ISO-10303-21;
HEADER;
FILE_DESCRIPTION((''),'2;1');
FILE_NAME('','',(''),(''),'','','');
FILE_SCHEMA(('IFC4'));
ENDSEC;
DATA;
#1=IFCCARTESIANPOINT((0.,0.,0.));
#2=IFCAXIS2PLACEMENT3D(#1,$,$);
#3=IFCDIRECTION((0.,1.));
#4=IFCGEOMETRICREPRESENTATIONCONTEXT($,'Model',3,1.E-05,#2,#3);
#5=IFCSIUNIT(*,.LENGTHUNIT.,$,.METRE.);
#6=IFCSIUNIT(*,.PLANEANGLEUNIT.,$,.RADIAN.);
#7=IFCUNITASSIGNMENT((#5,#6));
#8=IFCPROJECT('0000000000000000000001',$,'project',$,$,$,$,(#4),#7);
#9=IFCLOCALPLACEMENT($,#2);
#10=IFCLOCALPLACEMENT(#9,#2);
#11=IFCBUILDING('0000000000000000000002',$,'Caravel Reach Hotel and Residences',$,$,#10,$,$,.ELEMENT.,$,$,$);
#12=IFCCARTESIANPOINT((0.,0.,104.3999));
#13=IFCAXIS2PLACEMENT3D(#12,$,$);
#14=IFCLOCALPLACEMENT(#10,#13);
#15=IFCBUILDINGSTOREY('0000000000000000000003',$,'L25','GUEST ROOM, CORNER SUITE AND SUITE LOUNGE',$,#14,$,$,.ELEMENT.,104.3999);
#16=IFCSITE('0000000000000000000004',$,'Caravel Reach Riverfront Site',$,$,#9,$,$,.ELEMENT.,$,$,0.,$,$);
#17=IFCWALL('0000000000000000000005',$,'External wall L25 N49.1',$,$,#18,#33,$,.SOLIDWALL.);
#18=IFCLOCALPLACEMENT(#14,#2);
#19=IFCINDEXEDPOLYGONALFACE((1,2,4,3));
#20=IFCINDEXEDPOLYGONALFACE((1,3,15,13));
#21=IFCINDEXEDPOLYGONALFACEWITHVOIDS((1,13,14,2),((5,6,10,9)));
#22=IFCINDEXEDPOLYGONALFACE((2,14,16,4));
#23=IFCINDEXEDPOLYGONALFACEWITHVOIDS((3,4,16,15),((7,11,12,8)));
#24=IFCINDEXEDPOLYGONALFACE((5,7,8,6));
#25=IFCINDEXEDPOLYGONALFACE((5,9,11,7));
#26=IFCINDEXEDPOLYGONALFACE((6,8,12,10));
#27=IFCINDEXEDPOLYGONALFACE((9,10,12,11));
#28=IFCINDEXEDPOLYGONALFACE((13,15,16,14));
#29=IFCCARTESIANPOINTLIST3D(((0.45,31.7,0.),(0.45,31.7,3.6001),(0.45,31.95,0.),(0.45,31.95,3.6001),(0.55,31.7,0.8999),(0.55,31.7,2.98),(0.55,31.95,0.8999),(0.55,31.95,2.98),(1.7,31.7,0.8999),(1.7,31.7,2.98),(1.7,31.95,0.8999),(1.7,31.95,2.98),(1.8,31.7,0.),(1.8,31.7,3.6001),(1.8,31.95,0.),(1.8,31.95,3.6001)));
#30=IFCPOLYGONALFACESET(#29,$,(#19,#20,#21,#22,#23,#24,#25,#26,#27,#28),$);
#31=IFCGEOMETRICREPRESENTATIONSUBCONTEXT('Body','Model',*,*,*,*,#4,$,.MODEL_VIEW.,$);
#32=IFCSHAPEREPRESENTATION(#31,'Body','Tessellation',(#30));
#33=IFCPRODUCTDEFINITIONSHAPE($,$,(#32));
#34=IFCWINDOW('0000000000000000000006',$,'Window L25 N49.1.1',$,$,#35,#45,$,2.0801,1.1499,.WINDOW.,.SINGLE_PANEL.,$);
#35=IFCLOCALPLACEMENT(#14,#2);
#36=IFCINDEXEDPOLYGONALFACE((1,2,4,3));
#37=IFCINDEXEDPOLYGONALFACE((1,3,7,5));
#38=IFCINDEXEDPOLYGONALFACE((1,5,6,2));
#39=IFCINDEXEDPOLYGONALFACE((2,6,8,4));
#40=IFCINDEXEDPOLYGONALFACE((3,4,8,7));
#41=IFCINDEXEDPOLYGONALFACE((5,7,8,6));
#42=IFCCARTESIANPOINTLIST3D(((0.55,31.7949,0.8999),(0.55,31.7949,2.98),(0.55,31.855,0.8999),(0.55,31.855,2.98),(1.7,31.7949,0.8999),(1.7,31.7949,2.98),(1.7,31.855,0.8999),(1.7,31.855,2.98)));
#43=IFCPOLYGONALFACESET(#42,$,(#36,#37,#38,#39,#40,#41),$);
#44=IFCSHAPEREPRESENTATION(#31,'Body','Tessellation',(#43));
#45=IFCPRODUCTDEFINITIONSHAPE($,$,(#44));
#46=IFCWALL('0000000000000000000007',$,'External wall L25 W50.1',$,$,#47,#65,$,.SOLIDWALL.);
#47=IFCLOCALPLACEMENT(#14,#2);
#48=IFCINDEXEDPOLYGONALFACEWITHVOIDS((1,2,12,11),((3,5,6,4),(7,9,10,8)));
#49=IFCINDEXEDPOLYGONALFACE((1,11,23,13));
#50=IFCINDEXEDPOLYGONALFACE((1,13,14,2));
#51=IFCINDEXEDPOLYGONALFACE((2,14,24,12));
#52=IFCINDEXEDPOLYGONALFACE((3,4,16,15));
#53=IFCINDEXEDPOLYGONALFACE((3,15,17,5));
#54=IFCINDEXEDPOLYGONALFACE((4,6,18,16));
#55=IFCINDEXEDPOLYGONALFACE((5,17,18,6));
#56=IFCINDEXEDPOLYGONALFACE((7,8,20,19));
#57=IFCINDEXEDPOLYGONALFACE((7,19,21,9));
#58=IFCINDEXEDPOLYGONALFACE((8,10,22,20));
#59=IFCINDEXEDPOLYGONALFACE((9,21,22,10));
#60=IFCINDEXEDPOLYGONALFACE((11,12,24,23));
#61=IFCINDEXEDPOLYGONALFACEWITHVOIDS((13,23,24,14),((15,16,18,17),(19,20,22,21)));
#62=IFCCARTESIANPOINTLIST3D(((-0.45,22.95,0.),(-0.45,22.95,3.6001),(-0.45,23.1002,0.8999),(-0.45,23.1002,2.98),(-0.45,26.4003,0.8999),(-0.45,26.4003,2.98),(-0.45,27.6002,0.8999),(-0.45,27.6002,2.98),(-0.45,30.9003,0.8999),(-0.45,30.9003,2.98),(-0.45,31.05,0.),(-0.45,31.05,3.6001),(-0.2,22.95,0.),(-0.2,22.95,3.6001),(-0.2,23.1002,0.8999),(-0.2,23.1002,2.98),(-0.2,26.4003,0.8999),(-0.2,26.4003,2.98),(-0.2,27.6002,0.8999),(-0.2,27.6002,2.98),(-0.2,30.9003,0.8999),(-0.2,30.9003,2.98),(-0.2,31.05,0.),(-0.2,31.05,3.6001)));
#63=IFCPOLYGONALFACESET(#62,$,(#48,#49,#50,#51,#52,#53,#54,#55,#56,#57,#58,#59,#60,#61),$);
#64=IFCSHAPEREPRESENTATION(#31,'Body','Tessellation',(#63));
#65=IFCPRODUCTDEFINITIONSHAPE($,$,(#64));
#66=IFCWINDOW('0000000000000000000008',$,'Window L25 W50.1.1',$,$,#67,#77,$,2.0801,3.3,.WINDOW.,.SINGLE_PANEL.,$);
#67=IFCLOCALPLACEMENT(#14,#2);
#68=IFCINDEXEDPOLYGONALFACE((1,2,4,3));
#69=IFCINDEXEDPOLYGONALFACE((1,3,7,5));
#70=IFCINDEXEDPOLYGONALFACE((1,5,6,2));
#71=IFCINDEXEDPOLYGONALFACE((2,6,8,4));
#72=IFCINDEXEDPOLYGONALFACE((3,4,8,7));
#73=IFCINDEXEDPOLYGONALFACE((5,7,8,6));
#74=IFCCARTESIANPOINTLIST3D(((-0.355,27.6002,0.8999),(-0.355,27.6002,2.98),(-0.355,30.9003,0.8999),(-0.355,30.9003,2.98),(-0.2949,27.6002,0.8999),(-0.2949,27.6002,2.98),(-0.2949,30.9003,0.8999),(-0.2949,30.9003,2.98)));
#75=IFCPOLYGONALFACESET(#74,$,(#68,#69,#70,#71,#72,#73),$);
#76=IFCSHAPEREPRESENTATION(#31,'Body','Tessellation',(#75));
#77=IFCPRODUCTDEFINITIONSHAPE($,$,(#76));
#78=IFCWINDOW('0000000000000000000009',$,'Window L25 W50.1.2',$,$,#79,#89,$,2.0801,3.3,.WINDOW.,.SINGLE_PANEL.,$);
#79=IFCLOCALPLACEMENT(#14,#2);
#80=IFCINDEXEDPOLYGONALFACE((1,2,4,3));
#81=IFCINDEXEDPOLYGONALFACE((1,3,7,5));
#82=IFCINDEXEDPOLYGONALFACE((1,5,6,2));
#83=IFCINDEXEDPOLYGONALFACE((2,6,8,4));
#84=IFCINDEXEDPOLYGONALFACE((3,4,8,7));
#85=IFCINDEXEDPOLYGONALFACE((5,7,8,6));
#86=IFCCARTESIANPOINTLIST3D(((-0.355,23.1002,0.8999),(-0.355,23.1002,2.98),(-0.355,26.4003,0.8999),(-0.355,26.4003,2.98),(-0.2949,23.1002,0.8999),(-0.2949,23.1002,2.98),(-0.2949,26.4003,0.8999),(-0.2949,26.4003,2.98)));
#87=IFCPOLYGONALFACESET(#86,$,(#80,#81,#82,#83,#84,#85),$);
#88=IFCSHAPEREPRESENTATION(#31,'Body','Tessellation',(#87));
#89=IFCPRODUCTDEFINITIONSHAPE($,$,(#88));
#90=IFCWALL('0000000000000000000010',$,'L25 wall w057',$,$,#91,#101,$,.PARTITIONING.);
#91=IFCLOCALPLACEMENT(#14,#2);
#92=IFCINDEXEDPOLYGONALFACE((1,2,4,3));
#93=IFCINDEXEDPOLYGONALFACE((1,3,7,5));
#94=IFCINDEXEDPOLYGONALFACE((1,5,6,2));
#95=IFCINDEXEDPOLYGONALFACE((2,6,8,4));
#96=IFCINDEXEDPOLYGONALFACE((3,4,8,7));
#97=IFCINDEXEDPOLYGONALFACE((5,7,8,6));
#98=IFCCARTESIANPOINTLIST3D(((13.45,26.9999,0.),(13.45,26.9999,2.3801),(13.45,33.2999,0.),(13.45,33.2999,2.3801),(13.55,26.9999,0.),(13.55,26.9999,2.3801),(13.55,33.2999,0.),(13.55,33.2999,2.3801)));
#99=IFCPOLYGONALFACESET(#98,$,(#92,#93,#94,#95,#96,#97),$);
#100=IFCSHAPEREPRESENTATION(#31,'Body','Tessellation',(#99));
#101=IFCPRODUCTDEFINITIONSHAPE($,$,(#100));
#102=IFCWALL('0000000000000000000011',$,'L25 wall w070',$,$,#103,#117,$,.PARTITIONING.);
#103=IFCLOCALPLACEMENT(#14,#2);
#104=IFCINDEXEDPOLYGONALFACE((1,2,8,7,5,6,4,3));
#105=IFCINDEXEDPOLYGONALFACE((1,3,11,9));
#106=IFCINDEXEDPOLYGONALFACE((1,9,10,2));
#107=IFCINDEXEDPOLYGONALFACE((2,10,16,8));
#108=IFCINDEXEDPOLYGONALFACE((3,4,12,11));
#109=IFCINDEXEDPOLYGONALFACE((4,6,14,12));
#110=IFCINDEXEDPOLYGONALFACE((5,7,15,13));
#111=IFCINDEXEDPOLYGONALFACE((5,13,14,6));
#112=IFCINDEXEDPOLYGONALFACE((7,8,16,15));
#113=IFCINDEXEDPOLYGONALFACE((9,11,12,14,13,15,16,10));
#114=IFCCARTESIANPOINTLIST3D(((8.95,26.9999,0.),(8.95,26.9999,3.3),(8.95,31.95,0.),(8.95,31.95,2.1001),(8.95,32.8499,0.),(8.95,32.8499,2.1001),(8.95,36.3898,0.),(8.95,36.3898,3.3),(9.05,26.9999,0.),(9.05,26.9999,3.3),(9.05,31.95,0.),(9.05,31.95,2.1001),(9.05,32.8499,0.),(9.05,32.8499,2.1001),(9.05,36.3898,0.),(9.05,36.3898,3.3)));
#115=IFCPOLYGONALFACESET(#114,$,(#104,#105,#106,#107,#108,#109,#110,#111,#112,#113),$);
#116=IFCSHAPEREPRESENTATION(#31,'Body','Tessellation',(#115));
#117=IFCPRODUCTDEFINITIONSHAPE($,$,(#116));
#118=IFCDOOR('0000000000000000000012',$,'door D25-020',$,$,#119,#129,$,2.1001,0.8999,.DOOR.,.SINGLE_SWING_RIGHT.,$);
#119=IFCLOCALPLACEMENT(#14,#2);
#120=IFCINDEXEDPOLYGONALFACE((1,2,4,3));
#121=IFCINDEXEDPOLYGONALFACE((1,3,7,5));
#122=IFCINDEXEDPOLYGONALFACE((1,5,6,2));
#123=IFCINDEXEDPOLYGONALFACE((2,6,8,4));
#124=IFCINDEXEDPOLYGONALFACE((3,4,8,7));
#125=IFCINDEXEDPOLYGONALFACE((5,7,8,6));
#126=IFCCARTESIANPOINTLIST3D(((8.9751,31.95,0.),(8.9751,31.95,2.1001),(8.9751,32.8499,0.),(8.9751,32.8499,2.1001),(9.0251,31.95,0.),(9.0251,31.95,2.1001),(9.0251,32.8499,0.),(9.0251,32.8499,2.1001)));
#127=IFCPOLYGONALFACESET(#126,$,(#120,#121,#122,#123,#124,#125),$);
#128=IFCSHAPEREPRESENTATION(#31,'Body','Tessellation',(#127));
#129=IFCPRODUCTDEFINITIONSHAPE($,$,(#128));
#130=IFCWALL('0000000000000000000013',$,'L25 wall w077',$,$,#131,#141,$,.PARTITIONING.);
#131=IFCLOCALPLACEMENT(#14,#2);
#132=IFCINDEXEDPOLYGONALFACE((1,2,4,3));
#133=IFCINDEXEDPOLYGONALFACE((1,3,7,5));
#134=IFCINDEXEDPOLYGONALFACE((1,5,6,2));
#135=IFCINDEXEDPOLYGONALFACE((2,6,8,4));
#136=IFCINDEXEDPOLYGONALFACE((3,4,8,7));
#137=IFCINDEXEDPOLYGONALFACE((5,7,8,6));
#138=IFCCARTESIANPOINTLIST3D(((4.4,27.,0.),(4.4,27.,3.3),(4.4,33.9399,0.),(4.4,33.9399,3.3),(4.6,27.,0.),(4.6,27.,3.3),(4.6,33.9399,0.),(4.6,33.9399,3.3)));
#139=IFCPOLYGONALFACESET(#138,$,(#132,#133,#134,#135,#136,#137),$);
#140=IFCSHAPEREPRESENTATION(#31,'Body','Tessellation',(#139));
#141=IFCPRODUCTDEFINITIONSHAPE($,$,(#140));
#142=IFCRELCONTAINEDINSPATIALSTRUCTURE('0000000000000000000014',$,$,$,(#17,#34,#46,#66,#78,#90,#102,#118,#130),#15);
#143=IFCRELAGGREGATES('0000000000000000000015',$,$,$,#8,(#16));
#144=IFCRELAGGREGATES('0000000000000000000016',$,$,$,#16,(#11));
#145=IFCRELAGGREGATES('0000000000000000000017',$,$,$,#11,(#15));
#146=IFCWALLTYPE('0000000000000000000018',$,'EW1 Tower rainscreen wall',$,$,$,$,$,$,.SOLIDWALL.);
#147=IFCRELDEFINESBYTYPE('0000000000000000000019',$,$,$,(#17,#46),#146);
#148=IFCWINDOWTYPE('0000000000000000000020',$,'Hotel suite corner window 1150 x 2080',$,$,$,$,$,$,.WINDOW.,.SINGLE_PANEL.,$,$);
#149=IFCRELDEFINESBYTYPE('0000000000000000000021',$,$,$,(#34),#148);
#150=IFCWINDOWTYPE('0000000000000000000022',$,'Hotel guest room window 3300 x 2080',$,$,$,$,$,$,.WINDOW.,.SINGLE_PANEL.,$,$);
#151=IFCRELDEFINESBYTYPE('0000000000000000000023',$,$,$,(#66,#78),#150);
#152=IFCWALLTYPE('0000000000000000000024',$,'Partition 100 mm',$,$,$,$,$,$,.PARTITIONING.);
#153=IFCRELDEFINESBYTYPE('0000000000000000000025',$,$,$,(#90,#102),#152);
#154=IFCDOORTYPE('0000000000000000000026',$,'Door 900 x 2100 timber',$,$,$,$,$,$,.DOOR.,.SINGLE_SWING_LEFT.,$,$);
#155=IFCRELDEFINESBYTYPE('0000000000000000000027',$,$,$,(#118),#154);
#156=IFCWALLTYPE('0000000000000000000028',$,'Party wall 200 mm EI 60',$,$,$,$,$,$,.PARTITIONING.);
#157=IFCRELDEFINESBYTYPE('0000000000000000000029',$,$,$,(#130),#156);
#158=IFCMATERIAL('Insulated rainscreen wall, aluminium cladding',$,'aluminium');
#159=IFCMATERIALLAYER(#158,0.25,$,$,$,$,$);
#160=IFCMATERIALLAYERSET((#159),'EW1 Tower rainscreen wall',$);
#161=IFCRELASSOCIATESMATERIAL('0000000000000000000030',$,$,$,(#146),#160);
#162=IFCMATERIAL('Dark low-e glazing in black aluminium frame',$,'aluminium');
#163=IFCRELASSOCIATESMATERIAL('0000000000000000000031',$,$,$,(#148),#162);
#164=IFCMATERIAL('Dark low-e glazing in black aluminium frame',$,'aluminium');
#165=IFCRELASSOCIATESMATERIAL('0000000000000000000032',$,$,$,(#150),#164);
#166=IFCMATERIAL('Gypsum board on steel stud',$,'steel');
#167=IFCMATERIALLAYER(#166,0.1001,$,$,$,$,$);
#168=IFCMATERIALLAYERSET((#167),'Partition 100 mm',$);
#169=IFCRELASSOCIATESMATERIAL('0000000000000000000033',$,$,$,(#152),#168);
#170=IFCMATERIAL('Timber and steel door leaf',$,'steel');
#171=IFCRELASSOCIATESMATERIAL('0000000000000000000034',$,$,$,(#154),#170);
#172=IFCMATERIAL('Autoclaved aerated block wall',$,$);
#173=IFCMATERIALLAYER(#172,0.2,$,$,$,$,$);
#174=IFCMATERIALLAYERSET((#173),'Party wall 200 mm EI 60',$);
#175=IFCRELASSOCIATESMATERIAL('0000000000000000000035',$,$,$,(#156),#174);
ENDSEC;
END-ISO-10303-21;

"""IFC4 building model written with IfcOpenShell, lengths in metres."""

from ifc_helpers import new_model, si_unit, direction, frame, frame_2d, origin, place, context, subcontext, project, spatial, rectangle, extrude, material, layer, layer_set, type_object, element, fill, save


model = new_model("IFC4")

# Units and contexts
model_context = context("Model", 3, precision=1e-05, world=origin(), true_north=direction((0.0, 1.0)))
body_context = subcontext(model_context, "Body", "Model", "MODEL_VIEW")
ifc_project = project(units=[si_unit("LENGTHUNIT", "METRE"), si_unit("PLANEANGLEUNIT", "RADIAN")], contexts=[model_context])

# Site, building, storey
site_placement = place(None, origin())
site = spatial("IfcSite", under=ifc_project, at=site_placement, Name="Caravel Reach Riverfront Site", CompositionType="ELEMENT", RefElevation=0.0)
building_placement = place(site_placement, origin())
building = spatial("IfcBuilding", under=site, at=building_placement, Name="Caravel Reach Hotel and Residences", CompositionType="ELEMENT")
storey_placement = place(building_placement, frame((0.0, 0.0, 104.3999)))
storey = spatial("IfcBuildingStorey", under=building, at=storey_placement, Name="L25", Description="GUEST ROOM, CORNER SUITE AND SUITE LOUNGE", CompositionType="ELEMENT", Elevation=104.3999)

# Wall, opening, window
ifc_material_1 = material(Name="Insulated rainscreen wall, aluminium cladding", Category="aluminium")
ifc_layer_1 = layer(ifc_material_1, 0.25)
ifc_layer_set_1 = layer_set([ifc_layer_1], Name="EW1 Tower rainscreen wall")
wall_type_1 = type_object("IfcWallType", Name="EW1 Tower rainscreen wall", PredefinedType="SOLIDWALL", material=ifc_layer_set_1)
ifc_material_2 = material(Name="Dark low-e glazing in black aluminium frame", Category="aluminium")
window_type_1 = type_object("IfcWindowType", Name="Hotel suite corner window 1150 x 2080", PartitioningType="SINGLE_PANEL", PredefinedType="WINDOW", material=ifc_material_2)
wall_1_placement = place(storey_placement, frame((1.8, 31.825, 0.0), z_axis=(0.0, 0.0, 1.0), x_axis=(-1.0, 0.0, 0.0)))
wall_1 = element("IfcWall", 1, at=wall_1_placement, inside=storey, type_object=wall_type_1, Name="External wall L25 N49.1", PredefinedType="SOLIDWALL", context=body_context, shape_type="SweptSolid", body=[
    extrude(rectangle(XDim=1.3501, YDim=0.25, at=frame_2d((0.675, 0.0))), origin(), (0.0, 0.0, 1.0), 3.6001),
])
opening_1_placement = place(wall_1_placement, frame((0.1001, 0.0, 0.8999)))
opening_1 = element("IfcOpeningElement", 2, at=opening_1_placement, cuts=wall_1, PredefinedType="OPENING", context=body_context, shape_type="SweptSolid", body=[
    extrude(rectangle(XDim=1.1499, YDim=2.0801, at=frame_2d((0.575, 1.04))), frame((0.0, 0.135, 0.0), z_axis=(0.0, -1.0, 0.0), x_axis=(1.0, 0.0, 0.0)), (0.0, 0.0, 1.0), 0.27),
])
window_1_placement = place(opening_1_placement, origin())
window_1 = element("IfcWindow", 3, at=window_1_placement, inside=storey, type_object=window_type_1, Name="Window L25 N49.1.1", OverallHeight=2.0801, OverallWidth=1.1499, PartitioningType="SINGLE_PANEL", PredefinedType="WINDOW", context=body_context, shape_type="SweptSolid", body=[
    extrude(rectangle(XDim=1.1499, YDim=2.0801, at=frame_2d((0.575, 1.04))), frame((0.0, 0.03, 0.0), z_axis=(0.0, -1.0, 0.0), x_axis=(1.0, 0.0, 0.0)), (0.0, 0.0, 1.0), 0.0601),
])
fill(opening_1, window_1)

# Wall, openings, windows
wall_2_placement = place(storey_placement, frame((-0.325, 31.05, 0.0), z_axis=(0.0, 0.0, 1.0), x_axis=(0.0, -1.0, 0.0)))
wall_2 = element("IfcWall", 4, at=wall_2_placement, inside=storey, type_object=wall_type_1, Name="External wall L25 W50.1", PredefinedType="SOLIDWALL", context=body_context, shape_type="SweptSolid", body=[
    extrude(rectangle(XDim=8.1001, YDim=0.25, at=frame_2d((4.05, 0.0))), origin(), (0.0, 0.0, 1.0), 3.6001),
])
opening_2_placement = place(wall_2_placement, frame((0.1499, 0.0, 0.8999)))
opening_2 = element("IfcOpeningElement", 5, at=opening_2_placement, cuts=wall_2, PredefinedType="OPENING", context=body_context, shape_type="SweptSolid", body=[
    extrude(rectangle(XDim=3.3, YDim=2.0801, at=frame_2d((1.6499, 1.04))), frame((0.0, 0.135, 0.0), z_axis=(0.0, -1.0, 0.0), x_axis=(1.0, 0.0, 0.0)), (0.0, 0.0, 1.0), 0.27),
])
opening_3_placement = place(wall_2_placement, frame((4.6499, 0.0, 0.8999)))
opening_3 = element("IfcOpeningElement", 6, at=opening_3_placement, cuts=wall_2, PredefinedType="OPENING", context=body_context, shape_type="SweptSolid", body=[
    extrude(rectangle(XDim=3.3, YDim=2.0801, at=frame_2d((1.6499, 1.04))), frame((0.0, 0.135, 0.0), z_axis=(0.0, -1.0, 0.0), x_axis=(1.0, 0.0, 0.0)), (0.0, 0.0, 1.0), 0.27),
])
ifc_material_3 = material(Name="Dark low-e glazing in black aluminium frame", Category="aluminium")
window_type_2 = type_object("IfcWindowType", Name="Hotel guest room window 3300 x 2080", PartitioningType="SINGLE_PANEL", PredefinedType="WINDOW", material=ifc_material_3)
window_2_placement = place(opening_2_placement, origin())
window_2 = element("IfcWindow", 7, at=window_2_placement, inside=storey, type_object=window_type_2, Name="Window L25 W50.1.1", OverallHeight=2.0801, OverallWidth=3.3, PartitioningType="SINGLE_PANEL", PredefinedType="WINDOW", context=body_context, shape_type="SweptSolid", body=[
    extrude(rectangle(XDim=3.3, YDim=2.0801, at=frame_2d((1.6499, 1.04))), frame((0.0, 0.03, 0.0), z_axis=(0.0, -1.0, 0.0), x_axis=(1.0, 0.0, 0.0)), (0.0, 0.0, 1.0), 0.0601),
])
fill(opening_2, window_2)
window_3_placement = place(opening_3_placement, origin())
window_3 = element("IfcWindow", 8, at=window_3_placement, inside=storey, type_object=window_type_2, Name="Window L25 W50.1.2", OverallHeight=2.0801, OverallWidth=3.3, PartitioningType="SINGLE_PANEL", PredefinedType="WINDOW", context=body_context, shape_type="SweptSolid", body=[
    extrude(rectangle(XDim=3.3, YDim=2.0801, at=frame_2d((1.6499, 1.04))), frame((0.0, 0.03, 0.0), z_axis=(0.0, -1.0, 0.0), x_axis=(1.0, 0.0, 0.0)), (0.0, 0.0, 1.0), 0.0601),
])
fill(opening_3, window_3)

# Wall
ifc_material_4 = material(Name="Gypsum board on steel stud", Category="steel")
ifc_layer_2 = layer(ifc_material_4, 0.1001)
ifc_layer_set_2 = layer_set([ifc_layer_2], Name="Partition 100 mm")
wall_type_2 = type_object("IfcWallType", Name="Partition 100 mm", PredefinedType="PARTITIONING", material=ifc_layer_set_2)
wall_3_placement = place(storey_placement, frame((13.5, 27.0, 0.0), z_axis=(0.0, 0.0, 1.0), x_axis=(0.0, 1.0, 0.0)))
element("IfcWall", 9, at=wall_3_placement, inside=storey, type_object=wall_type_2, Name="L25 wall w057", PredefinedType="PARTITIONING", context=body_context, shape_type="SweptSolid", body=[
    extrude(rectangle(XDim=6.3, YDim=0.1001, at=frame_2d((3.1499, 0.0))), origin(), (0.0, 0.0, 1.0), 2.3801),
])

# Wall, opening, door
wall_4_placement = place(storey_placement, frame((9.0, 27.0, 0.0), z_axis=(0.0, 0.0, 1.0), x_axis=(0.0, 1.0, 0.0)))
wall_4 = element("IfcWall", 10, at=wall_4_placement, inside=storey, type_object=wall_type_2, Name="L25 wall w070", PredefinedType="PARTITIONING", context=body_context, shape_type="SweptSolid", body=[
    extrude(rectangle(XDim=9.3899, YDim=0.1001, at=frame_2d((4.6948, 0.0))), origin(), (0.0, 0.0, 1.0), 3.3),
])
opening_4_placement = place(wall_4_placement, frame((4.95, 0.0, 0.0)))
opening_4 = element("IfcOpeningElement", 11, at=opening_4_placement, cuts=wall_4, PredefinedType="OPENING", context=body_context, shape_type="SweptSolid", body=[
    extrude(rectangle(XDim=0.8999, YDim=2.1001, at=frame_2d((0.45, 1.05))), frame((0.0, 0.0601, 0.0), z_axis=(0.0, -1.0, 0.0), x_axis=(1.0, 0.0, 0.0)), (0.0, 0.0, 1.0), 0.1201),
])
ifc_material_5 = material(Name="Timber and steel door leaf", Category="steel")
door_type_1 = type_object("IfcDoorType", Name="Door 900 x 2100 timber", OperationType="SINGLE_SWING_LEFT", PredefinedType="DOOR", material=ifc_material_5)
door_1_placement = place(opening_4_placement, origin())
door_1 = element("IfcDoor", 12, at=door_1_placement, inside=storey, type_object=door_type_1, Name="door D25-020", OperationType="SINGLE_SWING_RIGHT", OverallHeight=2.1001, OverallWidth=0.8999, PredefinedType="DOOR", context=body_context, shape_type="SweptSolid", body=[
    extrude(rectangle(XDim=0.8999, YDim=2.1001, at=frame_2d((0.45, 1.05))), frame((0.0, 0.0249, 0.0), z_axis=(0.0, -1.0, 0.0), x_axis=(1.0, 0.0, 0.0)), (0.0, 0.0, 1.0), 0.05),
])
fill(opening_4, door_1)

# Wall
ifc_material_6 = material(Name="Autoclaved aerated block wall")
ifc_layer_3 = layer(ifc_material_6, 0.2)
ifc_layer_set_3 = layer_set([ifc_layer_3], Name="Party wall 200 mm EI 60")
wall_type_3 = type_object("IfcWallType", Name="Party wall 200 mm EI 60", PredefinedType="PARTITIONING", material=ifc_layer_set_3)
wall_5_placement = place(storey_placement, frame((4.5, 27.0, 0.0), z_axis=(0.0, 0.0, 1.0), x_axis=(0.0, 1.0, 0.0)))
element("IfcWall", 13, at=wall_5_placement, inside=storey, type_object=wall_type_3, Name="L25 wall w077", PredefinedType="PARTITIONING", context=body_context, shape_type="SweptSolid", body=[
    extrude(rectangle(XDim=6.9399, YDim=0.2, at=frame_2d((3.47, 0.0))), origin(), (0.0, 0.0, 1.0), 3.3),
])

save(model, "model.ifc")
